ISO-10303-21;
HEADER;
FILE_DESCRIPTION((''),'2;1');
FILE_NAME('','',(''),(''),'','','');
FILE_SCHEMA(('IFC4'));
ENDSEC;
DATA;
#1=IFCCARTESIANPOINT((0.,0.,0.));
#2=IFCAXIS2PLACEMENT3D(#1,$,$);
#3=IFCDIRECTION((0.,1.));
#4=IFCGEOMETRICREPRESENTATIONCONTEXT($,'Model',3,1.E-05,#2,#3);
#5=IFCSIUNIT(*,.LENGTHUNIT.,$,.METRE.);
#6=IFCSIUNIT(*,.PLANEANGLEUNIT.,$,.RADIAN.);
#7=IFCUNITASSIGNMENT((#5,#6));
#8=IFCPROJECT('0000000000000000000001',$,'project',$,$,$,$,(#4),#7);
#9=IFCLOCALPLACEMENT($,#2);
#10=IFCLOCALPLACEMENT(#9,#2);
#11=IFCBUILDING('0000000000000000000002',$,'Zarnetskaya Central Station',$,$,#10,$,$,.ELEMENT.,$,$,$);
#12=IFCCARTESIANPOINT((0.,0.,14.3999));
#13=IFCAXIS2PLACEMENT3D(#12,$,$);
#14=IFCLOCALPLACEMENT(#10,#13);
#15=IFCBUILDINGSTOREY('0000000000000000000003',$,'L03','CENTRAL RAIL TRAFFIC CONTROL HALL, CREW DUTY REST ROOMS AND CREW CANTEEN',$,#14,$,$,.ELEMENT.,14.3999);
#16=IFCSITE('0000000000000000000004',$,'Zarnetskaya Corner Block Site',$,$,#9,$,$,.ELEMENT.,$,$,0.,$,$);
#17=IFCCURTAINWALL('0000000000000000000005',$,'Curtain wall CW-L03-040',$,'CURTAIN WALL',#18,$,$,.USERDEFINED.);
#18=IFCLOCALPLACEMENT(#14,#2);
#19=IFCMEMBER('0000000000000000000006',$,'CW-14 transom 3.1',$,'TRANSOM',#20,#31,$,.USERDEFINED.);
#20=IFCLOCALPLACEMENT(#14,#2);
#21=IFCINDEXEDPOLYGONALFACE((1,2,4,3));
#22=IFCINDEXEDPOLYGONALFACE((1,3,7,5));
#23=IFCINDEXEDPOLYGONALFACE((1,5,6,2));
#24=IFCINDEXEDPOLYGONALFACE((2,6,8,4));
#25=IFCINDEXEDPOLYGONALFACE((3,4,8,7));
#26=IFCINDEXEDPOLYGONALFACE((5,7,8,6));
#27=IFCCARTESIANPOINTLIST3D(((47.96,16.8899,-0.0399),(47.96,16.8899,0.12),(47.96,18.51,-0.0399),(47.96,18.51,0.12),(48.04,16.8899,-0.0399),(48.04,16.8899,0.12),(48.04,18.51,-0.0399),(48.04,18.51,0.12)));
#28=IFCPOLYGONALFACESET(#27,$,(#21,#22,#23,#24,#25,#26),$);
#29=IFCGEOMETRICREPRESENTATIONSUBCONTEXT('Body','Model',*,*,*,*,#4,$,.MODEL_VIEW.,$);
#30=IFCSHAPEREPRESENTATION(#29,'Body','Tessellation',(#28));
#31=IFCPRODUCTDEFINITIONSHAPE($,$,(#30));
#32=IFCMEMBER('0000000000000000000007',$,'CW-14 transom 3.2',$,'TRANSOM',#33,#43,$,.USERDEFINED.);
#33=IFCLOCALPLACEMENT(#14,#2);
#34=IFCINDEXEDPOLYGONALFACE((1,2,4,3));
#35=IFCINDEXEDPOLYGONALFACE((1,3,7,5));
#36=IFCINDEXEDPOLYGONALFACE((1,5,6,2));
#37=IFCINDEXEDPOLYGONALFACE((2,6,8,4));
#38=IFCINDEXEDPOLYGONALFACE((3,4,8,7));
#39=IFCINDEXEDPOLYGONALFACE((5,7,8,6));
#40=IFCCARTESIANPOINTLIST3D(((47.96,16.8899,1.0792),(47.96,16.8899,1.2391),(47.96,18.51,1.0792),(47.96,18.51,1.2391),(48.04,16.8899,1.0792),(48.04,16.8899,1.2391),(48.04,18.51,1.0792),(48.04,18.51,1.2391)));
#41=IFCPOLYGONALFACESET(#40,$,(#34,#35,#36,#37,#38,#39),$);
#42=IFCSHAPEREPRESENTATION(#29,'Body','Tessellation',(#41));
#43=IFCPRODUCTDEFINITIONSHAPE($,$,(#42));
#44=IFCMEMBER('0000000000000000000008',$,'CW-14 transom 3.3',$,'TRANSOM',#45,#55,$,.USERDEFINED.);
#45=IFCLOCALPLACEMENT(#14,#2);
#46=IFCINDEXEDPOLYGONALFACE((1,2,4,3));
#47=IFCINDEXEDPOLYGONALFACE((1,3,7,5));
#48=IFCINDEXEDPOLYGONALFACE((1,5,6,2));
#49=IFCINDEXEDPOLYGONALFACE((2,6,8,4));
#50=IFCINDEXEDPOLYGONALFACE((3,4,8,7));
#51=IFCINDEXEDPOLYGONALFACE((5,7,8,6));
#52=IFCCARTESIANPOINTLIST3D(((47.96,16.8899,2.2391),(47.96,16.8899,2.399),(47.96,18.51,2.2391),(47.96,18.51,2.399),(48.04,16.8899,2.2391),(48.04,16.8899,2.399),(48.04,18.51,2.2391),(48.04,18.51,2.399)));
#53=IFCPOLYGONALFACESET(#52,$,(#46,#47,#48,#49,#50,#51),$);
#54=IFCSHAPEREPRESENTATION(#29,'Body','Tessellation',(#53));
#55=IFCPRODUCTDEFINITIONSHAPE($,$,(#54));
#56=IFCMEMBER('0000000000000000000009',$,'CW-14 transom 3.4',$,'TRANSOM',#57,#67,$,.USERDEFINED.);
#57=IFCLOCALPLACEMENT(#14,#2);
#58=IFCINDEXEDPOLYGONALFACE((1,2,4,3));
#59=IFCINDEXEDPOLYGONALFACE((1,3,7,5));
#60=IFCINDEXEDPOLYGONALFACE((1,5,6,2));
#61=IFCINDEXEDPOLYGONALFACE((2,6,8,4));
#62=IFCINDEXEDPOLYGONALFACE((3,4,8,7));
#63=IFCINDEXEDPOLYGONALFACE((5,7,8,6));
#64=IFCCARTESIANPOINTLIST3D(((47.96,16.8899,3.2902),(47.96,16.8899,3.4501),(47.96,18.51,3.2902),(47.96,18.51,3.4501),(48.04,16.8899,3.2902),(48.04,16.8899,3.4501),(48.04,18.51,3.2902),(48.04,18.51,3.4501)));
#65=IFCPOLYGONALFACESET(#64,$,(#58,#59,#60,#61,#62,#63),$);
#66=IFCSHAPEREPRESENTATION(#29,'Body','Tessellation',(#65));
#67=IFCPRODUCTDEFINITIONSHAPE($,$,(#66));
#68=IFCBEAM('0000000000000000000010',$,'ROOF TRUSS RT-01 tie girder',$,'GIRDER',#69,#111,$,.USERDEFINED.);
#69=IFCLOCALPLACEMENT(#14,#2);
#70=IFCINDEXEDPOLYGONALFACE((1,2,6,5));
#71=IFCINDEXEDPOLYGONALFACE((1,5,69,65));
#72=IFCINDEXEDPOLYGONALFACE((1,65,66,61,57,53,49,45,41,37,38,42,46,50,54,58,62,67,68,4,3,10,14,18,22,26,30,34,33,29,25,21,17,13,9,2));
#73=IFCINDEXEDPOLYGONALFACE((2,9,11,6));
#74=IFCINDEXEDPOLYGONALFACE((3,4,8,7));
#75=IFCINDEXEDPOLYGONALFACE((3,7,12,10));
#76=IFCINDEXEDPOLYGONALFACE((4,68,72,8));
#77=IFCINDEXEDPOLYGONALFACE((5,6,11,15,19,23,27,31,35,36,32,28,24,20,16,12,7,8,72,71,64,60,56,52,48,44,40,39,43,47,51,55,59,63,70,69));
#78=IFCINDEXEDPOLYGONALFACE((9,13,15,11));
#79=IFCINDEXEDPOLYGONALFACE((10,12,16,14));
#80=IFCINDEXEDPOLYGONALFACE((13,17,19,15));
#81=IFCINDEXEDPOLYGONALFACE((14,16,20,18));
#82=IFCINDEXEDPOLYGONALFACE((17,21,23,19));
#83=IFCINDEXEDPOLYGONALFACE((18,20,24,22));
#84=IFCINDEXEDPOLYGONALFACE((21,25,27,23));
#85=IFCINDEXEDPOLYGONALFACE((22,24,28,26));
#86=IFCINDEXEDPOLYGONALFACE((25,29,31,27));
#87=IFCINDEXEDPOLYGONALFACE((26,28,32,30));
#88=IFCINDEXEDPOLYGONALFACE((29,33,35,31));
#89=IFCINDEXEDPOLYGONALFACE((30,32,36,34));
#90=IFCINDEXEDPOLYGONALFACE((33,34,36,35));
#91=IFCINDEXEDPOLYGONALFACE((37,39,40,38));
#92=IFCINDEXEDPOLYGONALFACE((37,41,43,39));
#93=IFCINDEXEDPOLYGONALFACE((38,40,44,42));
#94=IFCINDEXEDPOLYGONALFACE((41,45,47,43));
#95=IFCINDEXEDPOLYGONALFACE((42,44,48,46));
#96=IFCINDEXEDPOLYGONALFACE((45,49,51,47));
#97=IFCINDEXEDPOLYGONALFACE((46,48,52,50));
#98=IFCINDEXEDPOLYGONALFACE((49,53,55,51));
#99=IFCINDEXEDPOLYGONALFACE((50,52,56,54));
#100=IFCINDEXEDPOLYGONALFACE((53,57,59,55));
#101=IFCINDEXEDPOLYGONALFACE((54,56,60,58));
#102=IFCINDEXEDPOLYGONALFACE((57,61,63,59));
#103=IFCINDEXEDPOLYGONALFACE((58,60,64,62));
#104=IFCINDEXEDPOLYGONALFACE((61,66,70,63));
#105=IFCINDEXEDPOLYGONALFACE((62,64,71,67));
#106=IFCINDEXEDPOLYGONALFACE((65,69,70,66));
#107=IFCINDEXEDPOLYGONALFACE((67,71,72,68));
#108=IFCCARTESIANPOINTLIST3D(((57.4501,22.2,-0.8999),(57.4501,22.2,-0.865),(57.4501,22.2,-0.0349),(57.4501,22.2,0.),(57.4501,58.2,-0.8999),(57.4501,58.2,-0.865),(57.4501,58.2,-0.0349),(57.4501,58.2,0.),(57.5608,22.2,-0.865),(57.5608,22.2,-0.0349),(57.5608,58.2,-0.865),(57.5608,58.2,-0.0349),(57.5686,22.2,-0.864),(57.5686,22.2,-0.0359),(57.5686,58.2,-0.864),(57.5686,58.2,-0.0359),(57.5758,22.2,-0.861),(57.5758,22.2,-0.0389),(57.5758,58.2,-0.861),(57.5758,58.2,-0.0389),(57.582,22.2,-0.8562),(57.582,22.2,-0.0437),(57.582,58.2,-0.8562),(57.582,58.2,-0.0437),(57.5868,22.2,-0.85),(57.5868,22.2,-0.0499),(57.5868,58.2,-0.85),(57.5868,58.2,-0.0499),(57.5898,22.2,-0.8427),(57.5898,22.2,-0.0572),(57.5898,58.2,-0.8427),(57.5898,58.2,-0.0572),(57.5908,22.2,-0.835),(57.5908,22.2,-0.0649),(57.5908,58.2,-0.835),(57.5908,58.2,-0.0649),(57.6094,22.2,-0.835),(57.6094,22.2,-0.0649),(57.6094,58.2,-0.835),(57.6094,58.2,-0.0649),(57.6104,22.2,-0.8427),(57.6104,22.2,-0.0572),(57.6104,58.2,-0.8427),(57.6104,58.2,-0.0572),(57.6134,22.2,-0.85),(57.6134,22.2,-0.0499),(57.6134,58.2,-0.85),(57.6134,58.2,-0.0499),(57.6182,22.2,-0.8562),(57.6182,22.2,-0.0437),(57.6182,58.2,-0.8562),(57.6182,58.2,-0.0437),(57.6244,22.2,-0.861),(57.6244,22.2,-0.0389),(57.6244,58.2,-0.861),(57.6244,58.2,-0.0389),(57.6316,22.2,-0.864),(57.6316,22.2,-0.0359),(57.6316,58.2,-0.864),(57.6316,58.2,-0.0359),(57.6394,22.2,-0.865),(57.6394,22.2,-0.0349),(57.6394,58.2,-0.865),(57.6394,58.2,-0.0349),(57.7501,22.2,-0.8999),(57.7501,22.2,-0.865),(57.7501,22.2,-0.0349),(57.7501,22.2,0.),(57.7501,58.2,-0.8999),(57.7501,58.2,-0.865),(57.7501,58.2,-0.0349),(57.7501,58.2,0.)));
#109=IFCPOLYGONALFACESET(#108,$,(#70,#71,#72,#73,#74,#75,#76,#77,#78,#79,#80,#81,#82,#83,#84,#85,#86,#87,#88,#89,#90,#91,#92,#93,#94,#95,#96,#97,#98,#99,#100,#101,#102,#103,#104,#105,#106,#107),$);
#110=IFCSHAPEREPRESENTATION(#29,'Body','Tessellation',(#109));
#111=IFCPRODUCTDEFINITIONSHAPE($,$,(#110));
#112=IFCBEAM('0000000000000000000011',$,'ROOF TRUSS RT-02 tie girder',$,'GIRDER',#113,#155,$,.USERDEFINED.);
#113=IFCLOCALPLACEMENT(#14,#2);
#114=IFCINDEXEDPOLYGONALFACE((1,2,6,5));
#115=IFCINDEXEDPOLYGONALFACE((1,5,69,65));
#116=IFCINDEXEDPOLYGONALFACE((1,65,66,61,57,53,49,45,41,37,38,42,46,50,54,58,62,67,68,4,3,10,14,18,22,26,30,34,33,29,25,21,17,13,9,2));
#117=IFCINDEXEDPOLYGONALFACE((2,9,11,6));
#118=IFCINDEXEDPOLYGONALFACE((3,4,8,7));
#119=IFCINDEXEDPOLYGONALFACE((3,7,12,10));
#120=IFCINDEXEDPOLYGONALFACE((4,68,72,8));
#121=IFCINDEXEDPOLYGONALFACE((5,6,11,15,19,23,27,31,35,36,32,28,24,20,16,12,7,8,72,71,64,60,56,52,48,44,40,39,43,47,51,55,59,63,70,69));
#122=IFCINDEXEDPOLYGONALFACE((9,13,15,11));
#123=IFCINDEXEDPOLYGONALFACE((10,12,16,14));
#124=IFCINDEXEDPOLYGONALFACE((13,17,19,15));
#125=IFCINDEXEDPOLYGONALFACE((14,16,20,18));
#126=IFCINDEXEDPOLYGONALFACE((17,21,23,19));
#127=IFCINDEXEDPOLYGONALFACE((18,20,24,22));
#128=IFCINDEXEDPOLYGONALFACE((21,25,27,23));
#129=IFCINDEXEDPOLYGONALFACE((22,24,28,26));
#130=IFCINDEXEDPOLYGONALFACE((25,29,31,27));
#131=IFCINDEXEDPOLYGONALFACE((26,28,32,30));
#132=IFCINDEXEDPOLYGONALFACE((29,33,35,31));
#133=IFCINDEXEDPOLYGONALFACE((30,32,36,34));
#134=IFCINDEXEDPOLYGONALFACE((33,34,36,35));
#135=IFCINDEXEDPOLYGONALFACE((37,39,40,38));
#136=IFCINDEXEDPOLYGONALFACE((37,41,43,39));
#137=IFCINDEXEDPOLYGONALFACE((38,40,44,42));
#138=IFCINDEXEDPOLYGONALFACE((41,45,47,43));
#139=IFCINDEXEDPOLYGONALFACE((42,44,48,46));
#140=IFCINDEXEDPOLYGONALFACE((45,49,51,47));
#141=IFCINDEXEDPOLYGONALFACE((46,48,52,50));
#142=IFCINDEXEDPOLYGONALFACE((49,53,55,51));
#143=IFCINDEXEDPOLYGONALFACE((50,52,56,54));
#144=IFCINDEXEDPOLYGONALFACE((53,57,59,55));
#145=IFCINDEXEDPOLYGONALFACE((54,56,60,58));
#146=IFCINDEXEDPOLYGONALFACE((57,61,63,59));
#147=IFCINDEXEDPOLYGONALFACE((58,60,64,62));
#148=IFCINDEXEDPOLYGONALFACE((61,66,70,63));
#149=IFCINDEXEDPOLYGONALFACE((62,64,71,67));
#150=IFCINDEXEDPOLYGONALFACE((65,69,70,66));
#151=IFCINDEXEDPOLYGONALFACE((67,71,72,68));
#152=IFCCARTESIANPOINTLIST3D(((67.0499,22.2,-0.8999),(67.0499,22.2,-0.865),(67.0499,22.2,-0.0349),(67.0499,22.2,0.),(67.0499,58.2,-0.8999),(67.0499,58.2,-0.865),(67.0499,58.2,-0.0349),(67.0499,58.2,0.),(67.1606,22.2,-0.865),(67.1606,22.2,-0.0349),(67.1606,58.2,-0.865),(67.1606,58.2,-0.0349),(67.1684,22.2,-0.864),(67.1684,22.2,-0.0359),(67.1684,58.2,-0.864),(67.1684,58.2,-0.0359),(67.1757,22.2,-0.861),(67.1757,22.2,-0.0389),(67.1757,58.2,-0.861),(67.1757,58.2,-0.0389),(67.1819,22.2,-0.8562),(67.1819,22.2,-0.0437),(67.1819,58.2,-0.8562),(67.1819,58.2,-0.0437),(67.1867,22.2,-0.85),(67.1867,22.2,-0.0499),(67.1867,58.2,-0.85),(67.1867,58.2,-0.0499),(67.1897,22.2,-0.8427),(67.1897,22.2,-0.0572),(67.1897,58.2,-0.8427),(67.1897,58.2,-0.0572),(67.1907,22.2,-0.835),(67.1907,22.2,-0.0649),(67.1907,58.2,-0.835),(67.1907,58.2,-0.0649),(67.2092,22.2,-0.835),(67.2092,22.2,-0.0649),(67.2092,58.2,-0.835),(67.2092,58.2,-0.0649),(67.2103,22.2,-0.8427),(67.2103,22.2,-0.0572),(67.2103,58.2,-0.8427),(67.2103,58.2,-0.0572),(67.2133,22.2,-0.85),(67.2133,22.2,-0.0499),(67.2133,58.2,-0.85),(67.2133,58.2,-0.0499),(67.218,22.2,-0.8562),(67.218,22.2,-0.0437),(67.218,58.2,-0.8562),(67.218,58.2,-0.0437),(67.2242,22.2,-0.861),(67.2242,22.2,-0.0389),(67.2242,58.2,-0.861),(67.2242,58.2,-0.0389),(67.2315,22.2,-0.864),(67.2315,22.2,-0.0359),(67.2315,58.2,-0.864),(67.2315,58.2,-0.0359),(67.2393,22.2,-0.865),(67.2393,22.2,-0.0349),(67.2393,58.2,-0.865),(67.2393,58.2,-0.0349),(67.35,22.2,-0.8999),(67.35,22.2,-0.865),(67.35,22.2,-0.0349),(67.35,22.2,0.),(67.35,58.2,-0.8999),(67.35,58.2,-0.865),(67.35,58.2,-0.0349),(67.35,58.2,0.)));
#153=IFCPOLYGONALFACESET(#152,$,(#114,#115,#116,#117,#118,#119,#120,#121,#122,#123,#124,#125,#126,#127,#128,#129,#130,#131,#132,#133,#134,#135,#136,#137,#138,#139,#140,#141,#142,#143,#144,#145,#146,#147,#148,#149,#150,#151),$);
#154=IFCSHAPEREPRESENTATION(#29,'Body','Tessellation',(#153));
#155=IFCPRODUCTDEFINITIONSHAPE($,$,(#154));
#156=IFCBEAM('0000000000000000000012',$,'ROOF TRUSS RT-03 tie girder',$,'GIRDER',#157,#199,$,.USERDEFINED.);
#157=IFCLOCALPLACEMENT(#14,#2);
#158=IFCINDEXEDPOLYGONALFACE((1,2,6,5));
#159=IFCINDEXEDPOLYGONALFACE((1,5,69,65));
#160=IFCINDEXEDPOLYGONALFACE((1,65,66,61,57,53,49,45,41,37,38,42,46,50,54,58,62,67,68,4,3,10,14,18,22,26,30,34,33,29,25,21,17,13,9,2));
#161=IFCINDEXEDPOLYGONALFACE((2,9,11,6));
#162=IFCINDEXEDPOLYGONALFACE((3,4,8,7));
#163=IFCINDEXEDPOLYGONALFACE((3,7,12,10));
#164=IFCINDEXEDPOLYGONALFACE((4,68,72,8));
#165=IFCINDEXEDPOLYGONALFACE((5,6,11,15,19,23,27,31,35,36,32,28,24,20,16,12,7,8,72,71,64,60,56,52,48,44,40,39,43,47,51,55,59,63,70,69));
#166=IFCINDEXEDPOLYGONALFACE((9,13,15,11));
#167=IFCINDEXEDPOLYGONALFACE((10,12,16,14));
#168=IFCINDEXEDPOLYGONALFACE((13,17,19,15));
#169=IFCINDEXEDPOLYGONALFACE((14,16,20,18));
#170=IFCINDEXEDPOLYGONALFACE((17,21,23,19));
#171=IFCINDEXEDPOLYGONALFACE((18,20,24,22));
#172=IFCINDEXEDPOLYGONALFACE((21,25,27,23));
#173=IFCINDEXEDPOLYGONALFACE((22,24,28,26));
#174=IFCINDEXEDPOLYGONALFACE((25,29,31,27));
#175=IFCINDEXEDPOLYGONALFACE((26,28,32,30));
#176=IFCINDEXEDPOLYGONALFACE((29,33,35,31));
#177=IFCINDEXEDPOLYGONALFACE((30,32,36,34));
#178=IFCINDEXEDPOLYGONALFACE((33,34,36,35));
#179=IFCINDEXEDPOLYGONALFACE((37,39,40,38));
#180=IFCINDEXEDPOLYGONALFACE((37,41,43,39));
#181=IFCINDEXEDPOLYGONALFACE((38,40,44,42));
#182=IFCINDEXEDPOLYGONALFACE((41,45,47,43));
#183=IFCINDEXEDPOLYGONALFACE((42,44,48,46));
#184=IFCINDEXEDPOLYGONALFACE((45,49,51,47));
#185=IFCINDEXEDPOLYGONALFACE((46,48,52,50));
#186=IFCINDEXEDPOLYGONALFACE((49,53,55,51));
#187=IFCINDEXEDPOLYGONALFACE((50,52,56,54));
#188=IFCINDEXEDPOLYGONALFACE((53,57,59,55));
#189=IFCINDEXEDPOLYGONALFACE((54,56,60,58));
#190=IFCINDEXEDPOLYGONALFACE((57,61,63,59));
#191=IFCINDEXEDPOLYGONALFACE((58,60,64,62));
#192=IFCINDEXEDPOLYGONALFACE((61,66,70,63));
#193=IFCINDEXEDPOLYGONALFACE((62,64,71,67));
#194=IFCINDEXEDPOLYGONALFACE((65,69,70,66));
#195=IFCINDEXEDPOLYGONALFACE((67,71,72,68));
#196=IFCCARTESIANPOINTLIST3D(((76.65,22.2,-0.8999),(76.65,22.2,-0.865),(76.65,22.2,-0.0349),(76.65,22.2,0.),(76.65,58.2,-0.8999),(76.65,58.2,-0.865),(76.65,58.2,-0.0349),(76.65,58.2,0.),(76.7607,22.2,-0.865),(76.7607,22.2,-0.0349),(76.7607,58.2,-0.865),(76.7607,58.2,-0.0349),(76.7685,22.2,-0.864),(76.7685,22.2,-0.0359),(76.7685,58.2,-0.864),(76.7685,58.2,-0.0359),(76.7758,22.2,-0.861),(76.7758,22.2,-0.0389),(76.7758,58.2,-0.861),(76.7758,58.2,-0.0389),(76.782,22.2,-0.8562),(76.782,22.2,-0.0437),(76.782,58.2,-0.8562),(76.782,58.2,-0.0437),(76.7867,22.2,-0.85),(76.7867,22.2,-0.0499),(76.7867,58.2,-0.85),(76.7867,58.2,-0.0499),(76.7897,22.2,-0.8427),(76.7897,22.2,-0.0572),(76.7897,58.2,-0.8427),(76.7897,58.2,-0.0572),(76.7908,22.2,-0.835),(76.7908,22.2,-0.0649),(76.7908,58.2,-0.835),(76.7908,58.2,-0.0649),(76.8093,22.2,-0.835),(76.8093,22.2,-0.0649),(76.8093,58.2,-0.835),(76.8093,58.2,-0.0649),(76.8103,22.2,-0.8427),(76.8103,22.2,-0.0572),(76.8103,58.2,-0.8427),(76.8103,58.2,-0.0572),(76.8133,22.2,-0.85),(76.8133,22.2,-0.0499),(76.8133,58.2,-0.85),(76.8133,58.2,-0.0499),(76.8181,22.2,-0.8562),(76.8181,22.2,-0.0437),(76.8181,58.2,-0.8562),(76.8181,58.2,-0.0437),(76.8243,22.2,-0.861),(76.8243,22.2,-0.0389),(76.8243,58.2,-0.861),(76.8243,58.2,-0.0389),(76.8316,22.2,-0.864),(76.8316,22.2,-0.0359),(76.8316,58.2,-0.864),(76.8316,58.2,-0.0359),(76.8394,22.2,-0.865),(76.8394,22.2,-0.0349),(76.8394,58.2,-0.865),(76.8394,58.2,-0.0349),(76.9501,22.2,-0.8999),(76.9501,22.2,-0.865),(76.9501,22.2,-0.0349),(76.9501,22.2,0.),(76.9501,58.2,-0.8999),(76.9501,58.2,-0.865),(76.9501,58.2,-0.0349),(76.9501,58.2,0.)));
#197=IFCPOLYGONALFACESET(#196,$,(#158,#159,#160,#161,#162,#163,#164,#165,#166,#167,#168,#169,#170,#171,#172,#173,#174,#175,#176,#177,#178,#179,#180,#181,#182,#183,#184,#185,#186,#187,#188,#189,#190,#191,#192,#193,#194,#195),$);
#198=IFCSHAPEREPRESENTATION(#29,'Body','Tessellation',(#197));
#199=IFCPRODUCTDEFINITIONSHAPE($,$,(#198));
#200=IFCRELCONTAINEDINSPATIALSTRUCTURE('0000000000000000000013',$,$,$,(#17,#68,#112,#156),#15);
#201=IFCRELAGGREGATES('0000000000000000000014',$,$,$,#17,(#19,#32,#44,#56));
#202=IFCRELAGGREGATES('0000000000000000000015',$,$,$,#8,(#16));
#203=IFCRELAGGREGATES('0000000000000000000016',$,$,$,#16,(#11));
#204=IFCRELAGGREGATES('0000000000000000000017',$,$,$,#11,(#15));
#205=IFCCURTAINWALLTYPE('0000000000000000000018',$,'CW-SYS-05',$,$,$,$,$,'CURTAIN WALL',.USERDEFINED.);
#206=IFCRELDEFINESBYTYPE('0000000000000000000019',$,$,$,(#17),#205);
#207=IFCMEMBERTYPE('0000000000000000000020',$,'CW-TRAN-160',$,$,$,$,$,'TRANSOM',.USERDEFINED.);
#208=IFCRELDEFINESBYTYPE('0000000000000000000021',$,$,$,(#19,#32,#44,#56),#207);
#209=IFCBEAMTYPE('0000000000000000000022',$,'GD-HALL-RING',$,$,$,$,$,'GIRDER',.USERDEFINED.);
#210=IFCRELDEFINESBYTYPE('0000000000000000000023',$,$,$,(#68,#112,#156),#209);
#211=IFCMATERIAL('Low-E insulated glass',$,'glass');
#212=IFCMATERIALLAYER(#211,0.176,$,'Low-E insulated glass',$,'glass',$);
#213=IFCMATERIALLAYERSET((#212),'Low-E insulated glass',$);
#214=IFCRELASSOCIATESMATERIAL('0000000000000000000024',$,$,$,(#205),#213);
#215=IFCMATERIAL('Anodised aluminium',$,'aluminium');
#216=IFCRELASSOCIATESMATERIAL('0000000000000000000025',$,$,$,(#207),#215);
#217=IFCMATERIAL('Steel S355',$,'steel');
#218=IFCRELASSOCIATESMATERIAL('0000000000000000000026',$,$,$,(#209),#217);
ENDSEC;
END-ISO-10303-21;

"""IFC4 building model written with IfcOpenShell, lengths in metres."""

from ifc_helpers import new_model, si_unit, direction, frame, origin, origin_2d, place, context, subcontext, project, spatial, rectangle, i_section, extrude, material, layer, layer_set, material_profile, profile_set, type_object, element, aggregate, save


model = new_model("IFC4")

# Units and contexts
model_context = context("Model", 3, precision=1e-05, world=origin(), true_north=direction((0.0, 1.0)))
body_context = subcontext(model_context, "Body", "Model", "MODEL_VIEW")
ifc_project = project(units=[si_unit("LENGTHUNIT", "METRE"), si_unit("PLANEANGLEUNIT", "RADIAN")], contexts=[model_context])

# Site, building, storey
site_placement = place(None, origin())
site = spatial("IfcSite", under=ifc_project, at=site_placement, Name="Zarnetskaya Corner Block Site", CompositionType="ELEMENT", RefElevation=0.0)
building_placement = place(site_placement, origin())
building = spatial("IfcBuilding", under=site, at=building_placement, Name="Zarnetskaya Central Station", CompositionType="ELEMENT")
storey_placement = place(building_placement, frame((0.0, 0.0, 14.3999)))
storey = spatial("IfcBuildingStorey", under=building, at=storey_placement, Name="L03", Description="CENTRAL RAIL TRAFFIC CONTROL HALL, CREW DUTY REST ROOMS AND CREW CANTEEN", CompositionType="ELEMENT", Elevation=14.3999)

# Curtain wall, members
ifc_material_1 = material(Name="Low-E insulated glass", Category="glass")
ifc_layer_1 = layer(ifc_material_1, 0.176, Name="Low-E insulated glass", Category="glass")
ifc_layer_set_1 = layer_set([ifc_layer_1], Name="Low-E insulated glass")
curtain_wall_type = type_object("IfcCurtainWallType", Name="CW-SYS-05", ElementType="CURTAIN WALL", PredefinedType="USERDEFINED", material=ifc_layer_set_1)
curtain_wall_placement = place(storey_placement, origin())
curtain_wall = element("IfcCurtainWall", 1, at=curtain_wall_placement, inside=storey, type_object=curtain_wall_type, Name="Curtain wall CW-L03-040", ObjectType="CURTAIN WALL", PredefinedType="USERDEFINED")
ifc_material_2 = material(Name="Anodised aluminium", Category="aluminium")
ifc_material_profile_1 = material_profile(ifc_material_2, rectangle(XDim=0.0801, YDim=0.1599, at=origin_2d()), Name="ALU TRAN 80x160")
ifc_profile_set_1 = profile_set([ifc_material_profile_1], Name="Anodised aluminium")
member_type_1 = type_object("IfcMemberType", Name="CW-TRAN-160", ElementType="TRANSOM", PredefinedType="USERDEFINED", material=ifc_profile_set_1)
member_1_placement = place(storey_placement, frame((48.0, 18.51, 0.04), z_axis=(0.0, -1.0, 0.0), x_axis=(1.0, 0.0, 0.0)))
member_1 = element("IfcMember", 2, at=member_1_placement, type_object=member_type_1, Name="CW-14 transom 3.1", ObjectType="TRANSOM", PredefinedType="USERDEFINED", context=body_context, shape_type="SweptSolid", body=[
    extrude(rectangle(XDim=0.0801, YDim=0.1599, at=origin_2d()), origin(), (0.0, 0.0, 1.0), 1.6201),
])
member_2_placement = place(storey_placement, frame((48.0, 18.51, 1.1592), z_axis=(0.0, -1.0, 0.0), x_axis=(1.0, 0.0, 0.0)))
member_2 = element("IfcMember", 3, at=member_2_placement, type_object=member_type_1, Name="CW-14 transom 3.2", ObjectType="TRANSOM", PredefinedType="USERDEFINED", context=body_context, shape_type="SweptSolid", body=[
    extrude(rectangle(XDim=0.0801, YDim=0.1599, at=origin_2d()), origin(), (0.0, 0.0, 1.0), 1.6201),
])
member_3_placement = place(storey_placement, frame((48.0, 18.51, 2.3191), z_axis=(0.0, -1.0, 0.0), x_axis=(1.0, 0.0, 0.0)))
member_3 = element("IfcMember", 4, at=member_3_placement, type_object=member_type_1, Name="CW-14 transom 3.3", ObjectType="TRANSOM", PredefinedType="USERDEFINED", context=body_context, shape_type="SweptSolid", body=[
    extrude(rectangle(XDim=0.0801, YDim=0.1599, at=origin_2d()), origin(), (0.0, 0.0, 1.0), 1.6201),
])
member_4_placement = place(storey_placement, frame((48.0, 18.51, 3.3701), z_axis=(0.0, -1.0, 0.0), x_axis=(1.0, 0.0, 0.0)))
member_4 = element("IfcMember", 5, at=member_4_placement, type_object=member_type_1, Name="CW-14 transom 3.4", ObjectType="TRANSOM", PredefinedType="USERDEFINED", context=body_context, shape_type="SweptSolid", body=[
    extrude(rectangle(XDim=0.0801, YDim=0.1599, at=origin_2d()), origin(), (0.0, 0.0, 1.0), 1.6201),
])

# Beams
ifc_material_3 = material(Name="Steel S355", Category="steel")
ifc_material_profile_2 = material_profile(ifc_material_3, i_section(OverallWidth=0.3, OverallDepth=0.8999, WebThickness=0.0186, FlangeThickness=0.0349, FilletRadius=0.03, at=origin_2d()), Name="HEB 900")
ifc_profile_set_2 = profile_set([ifc_material_profile_2], Name="Steel S355")
beam_type_1 = type_object("IfcBeamType", Name="GD-HALL-RING", ElementType="GIRDER", PredefinedType="USERDEFINED", material=ifc_profile_set_2)
for number, where, z_axis, x_axis, name in (
    (6, (57.6001, 22.2, -0.45), (0.0, 1.0, 0.0), (-1.0, 0.0, 0.0), "ROOF TRUSS RT-01 tie girder"),
    (7, (67.2, 22.2, -0.45), (0.0, 1.0, 0.0), (-1.0, 0.0, 0.0), "ROOF TRUSS RT-02 tie girder"),
    (8, (76.8, 22.2, -0.45), (0.0, 1.0, 0.0), (-1.0, 0.0, 0.0), "ROOF TRUSS RT-03 tie girder"),
):
    element("IfcBeam", number, at=place(storey_placement, frame(where, z_axis=z_axis, x_axis=x_axis)), inside=storey, type_object=beam_type_1, Name=name, ObjectType="GIRDER", PredefinedType="USERDEFINED", context=body_context, shape_type="SweptSolid", body=[
        extrude(i_section(OverallWidth=0.3, OverallDepth=0.8999, WebThickness=0.0186, FlangeThickness=0.0349, FilletRadius=0.03, at=origin_2d()), origin(), (0.0, 0.0, 1.0), 36.0),
    ])

aggregate(curtain_wall, [member_1, member_2, member_3, member_4])

save(model, "model.ifc")
